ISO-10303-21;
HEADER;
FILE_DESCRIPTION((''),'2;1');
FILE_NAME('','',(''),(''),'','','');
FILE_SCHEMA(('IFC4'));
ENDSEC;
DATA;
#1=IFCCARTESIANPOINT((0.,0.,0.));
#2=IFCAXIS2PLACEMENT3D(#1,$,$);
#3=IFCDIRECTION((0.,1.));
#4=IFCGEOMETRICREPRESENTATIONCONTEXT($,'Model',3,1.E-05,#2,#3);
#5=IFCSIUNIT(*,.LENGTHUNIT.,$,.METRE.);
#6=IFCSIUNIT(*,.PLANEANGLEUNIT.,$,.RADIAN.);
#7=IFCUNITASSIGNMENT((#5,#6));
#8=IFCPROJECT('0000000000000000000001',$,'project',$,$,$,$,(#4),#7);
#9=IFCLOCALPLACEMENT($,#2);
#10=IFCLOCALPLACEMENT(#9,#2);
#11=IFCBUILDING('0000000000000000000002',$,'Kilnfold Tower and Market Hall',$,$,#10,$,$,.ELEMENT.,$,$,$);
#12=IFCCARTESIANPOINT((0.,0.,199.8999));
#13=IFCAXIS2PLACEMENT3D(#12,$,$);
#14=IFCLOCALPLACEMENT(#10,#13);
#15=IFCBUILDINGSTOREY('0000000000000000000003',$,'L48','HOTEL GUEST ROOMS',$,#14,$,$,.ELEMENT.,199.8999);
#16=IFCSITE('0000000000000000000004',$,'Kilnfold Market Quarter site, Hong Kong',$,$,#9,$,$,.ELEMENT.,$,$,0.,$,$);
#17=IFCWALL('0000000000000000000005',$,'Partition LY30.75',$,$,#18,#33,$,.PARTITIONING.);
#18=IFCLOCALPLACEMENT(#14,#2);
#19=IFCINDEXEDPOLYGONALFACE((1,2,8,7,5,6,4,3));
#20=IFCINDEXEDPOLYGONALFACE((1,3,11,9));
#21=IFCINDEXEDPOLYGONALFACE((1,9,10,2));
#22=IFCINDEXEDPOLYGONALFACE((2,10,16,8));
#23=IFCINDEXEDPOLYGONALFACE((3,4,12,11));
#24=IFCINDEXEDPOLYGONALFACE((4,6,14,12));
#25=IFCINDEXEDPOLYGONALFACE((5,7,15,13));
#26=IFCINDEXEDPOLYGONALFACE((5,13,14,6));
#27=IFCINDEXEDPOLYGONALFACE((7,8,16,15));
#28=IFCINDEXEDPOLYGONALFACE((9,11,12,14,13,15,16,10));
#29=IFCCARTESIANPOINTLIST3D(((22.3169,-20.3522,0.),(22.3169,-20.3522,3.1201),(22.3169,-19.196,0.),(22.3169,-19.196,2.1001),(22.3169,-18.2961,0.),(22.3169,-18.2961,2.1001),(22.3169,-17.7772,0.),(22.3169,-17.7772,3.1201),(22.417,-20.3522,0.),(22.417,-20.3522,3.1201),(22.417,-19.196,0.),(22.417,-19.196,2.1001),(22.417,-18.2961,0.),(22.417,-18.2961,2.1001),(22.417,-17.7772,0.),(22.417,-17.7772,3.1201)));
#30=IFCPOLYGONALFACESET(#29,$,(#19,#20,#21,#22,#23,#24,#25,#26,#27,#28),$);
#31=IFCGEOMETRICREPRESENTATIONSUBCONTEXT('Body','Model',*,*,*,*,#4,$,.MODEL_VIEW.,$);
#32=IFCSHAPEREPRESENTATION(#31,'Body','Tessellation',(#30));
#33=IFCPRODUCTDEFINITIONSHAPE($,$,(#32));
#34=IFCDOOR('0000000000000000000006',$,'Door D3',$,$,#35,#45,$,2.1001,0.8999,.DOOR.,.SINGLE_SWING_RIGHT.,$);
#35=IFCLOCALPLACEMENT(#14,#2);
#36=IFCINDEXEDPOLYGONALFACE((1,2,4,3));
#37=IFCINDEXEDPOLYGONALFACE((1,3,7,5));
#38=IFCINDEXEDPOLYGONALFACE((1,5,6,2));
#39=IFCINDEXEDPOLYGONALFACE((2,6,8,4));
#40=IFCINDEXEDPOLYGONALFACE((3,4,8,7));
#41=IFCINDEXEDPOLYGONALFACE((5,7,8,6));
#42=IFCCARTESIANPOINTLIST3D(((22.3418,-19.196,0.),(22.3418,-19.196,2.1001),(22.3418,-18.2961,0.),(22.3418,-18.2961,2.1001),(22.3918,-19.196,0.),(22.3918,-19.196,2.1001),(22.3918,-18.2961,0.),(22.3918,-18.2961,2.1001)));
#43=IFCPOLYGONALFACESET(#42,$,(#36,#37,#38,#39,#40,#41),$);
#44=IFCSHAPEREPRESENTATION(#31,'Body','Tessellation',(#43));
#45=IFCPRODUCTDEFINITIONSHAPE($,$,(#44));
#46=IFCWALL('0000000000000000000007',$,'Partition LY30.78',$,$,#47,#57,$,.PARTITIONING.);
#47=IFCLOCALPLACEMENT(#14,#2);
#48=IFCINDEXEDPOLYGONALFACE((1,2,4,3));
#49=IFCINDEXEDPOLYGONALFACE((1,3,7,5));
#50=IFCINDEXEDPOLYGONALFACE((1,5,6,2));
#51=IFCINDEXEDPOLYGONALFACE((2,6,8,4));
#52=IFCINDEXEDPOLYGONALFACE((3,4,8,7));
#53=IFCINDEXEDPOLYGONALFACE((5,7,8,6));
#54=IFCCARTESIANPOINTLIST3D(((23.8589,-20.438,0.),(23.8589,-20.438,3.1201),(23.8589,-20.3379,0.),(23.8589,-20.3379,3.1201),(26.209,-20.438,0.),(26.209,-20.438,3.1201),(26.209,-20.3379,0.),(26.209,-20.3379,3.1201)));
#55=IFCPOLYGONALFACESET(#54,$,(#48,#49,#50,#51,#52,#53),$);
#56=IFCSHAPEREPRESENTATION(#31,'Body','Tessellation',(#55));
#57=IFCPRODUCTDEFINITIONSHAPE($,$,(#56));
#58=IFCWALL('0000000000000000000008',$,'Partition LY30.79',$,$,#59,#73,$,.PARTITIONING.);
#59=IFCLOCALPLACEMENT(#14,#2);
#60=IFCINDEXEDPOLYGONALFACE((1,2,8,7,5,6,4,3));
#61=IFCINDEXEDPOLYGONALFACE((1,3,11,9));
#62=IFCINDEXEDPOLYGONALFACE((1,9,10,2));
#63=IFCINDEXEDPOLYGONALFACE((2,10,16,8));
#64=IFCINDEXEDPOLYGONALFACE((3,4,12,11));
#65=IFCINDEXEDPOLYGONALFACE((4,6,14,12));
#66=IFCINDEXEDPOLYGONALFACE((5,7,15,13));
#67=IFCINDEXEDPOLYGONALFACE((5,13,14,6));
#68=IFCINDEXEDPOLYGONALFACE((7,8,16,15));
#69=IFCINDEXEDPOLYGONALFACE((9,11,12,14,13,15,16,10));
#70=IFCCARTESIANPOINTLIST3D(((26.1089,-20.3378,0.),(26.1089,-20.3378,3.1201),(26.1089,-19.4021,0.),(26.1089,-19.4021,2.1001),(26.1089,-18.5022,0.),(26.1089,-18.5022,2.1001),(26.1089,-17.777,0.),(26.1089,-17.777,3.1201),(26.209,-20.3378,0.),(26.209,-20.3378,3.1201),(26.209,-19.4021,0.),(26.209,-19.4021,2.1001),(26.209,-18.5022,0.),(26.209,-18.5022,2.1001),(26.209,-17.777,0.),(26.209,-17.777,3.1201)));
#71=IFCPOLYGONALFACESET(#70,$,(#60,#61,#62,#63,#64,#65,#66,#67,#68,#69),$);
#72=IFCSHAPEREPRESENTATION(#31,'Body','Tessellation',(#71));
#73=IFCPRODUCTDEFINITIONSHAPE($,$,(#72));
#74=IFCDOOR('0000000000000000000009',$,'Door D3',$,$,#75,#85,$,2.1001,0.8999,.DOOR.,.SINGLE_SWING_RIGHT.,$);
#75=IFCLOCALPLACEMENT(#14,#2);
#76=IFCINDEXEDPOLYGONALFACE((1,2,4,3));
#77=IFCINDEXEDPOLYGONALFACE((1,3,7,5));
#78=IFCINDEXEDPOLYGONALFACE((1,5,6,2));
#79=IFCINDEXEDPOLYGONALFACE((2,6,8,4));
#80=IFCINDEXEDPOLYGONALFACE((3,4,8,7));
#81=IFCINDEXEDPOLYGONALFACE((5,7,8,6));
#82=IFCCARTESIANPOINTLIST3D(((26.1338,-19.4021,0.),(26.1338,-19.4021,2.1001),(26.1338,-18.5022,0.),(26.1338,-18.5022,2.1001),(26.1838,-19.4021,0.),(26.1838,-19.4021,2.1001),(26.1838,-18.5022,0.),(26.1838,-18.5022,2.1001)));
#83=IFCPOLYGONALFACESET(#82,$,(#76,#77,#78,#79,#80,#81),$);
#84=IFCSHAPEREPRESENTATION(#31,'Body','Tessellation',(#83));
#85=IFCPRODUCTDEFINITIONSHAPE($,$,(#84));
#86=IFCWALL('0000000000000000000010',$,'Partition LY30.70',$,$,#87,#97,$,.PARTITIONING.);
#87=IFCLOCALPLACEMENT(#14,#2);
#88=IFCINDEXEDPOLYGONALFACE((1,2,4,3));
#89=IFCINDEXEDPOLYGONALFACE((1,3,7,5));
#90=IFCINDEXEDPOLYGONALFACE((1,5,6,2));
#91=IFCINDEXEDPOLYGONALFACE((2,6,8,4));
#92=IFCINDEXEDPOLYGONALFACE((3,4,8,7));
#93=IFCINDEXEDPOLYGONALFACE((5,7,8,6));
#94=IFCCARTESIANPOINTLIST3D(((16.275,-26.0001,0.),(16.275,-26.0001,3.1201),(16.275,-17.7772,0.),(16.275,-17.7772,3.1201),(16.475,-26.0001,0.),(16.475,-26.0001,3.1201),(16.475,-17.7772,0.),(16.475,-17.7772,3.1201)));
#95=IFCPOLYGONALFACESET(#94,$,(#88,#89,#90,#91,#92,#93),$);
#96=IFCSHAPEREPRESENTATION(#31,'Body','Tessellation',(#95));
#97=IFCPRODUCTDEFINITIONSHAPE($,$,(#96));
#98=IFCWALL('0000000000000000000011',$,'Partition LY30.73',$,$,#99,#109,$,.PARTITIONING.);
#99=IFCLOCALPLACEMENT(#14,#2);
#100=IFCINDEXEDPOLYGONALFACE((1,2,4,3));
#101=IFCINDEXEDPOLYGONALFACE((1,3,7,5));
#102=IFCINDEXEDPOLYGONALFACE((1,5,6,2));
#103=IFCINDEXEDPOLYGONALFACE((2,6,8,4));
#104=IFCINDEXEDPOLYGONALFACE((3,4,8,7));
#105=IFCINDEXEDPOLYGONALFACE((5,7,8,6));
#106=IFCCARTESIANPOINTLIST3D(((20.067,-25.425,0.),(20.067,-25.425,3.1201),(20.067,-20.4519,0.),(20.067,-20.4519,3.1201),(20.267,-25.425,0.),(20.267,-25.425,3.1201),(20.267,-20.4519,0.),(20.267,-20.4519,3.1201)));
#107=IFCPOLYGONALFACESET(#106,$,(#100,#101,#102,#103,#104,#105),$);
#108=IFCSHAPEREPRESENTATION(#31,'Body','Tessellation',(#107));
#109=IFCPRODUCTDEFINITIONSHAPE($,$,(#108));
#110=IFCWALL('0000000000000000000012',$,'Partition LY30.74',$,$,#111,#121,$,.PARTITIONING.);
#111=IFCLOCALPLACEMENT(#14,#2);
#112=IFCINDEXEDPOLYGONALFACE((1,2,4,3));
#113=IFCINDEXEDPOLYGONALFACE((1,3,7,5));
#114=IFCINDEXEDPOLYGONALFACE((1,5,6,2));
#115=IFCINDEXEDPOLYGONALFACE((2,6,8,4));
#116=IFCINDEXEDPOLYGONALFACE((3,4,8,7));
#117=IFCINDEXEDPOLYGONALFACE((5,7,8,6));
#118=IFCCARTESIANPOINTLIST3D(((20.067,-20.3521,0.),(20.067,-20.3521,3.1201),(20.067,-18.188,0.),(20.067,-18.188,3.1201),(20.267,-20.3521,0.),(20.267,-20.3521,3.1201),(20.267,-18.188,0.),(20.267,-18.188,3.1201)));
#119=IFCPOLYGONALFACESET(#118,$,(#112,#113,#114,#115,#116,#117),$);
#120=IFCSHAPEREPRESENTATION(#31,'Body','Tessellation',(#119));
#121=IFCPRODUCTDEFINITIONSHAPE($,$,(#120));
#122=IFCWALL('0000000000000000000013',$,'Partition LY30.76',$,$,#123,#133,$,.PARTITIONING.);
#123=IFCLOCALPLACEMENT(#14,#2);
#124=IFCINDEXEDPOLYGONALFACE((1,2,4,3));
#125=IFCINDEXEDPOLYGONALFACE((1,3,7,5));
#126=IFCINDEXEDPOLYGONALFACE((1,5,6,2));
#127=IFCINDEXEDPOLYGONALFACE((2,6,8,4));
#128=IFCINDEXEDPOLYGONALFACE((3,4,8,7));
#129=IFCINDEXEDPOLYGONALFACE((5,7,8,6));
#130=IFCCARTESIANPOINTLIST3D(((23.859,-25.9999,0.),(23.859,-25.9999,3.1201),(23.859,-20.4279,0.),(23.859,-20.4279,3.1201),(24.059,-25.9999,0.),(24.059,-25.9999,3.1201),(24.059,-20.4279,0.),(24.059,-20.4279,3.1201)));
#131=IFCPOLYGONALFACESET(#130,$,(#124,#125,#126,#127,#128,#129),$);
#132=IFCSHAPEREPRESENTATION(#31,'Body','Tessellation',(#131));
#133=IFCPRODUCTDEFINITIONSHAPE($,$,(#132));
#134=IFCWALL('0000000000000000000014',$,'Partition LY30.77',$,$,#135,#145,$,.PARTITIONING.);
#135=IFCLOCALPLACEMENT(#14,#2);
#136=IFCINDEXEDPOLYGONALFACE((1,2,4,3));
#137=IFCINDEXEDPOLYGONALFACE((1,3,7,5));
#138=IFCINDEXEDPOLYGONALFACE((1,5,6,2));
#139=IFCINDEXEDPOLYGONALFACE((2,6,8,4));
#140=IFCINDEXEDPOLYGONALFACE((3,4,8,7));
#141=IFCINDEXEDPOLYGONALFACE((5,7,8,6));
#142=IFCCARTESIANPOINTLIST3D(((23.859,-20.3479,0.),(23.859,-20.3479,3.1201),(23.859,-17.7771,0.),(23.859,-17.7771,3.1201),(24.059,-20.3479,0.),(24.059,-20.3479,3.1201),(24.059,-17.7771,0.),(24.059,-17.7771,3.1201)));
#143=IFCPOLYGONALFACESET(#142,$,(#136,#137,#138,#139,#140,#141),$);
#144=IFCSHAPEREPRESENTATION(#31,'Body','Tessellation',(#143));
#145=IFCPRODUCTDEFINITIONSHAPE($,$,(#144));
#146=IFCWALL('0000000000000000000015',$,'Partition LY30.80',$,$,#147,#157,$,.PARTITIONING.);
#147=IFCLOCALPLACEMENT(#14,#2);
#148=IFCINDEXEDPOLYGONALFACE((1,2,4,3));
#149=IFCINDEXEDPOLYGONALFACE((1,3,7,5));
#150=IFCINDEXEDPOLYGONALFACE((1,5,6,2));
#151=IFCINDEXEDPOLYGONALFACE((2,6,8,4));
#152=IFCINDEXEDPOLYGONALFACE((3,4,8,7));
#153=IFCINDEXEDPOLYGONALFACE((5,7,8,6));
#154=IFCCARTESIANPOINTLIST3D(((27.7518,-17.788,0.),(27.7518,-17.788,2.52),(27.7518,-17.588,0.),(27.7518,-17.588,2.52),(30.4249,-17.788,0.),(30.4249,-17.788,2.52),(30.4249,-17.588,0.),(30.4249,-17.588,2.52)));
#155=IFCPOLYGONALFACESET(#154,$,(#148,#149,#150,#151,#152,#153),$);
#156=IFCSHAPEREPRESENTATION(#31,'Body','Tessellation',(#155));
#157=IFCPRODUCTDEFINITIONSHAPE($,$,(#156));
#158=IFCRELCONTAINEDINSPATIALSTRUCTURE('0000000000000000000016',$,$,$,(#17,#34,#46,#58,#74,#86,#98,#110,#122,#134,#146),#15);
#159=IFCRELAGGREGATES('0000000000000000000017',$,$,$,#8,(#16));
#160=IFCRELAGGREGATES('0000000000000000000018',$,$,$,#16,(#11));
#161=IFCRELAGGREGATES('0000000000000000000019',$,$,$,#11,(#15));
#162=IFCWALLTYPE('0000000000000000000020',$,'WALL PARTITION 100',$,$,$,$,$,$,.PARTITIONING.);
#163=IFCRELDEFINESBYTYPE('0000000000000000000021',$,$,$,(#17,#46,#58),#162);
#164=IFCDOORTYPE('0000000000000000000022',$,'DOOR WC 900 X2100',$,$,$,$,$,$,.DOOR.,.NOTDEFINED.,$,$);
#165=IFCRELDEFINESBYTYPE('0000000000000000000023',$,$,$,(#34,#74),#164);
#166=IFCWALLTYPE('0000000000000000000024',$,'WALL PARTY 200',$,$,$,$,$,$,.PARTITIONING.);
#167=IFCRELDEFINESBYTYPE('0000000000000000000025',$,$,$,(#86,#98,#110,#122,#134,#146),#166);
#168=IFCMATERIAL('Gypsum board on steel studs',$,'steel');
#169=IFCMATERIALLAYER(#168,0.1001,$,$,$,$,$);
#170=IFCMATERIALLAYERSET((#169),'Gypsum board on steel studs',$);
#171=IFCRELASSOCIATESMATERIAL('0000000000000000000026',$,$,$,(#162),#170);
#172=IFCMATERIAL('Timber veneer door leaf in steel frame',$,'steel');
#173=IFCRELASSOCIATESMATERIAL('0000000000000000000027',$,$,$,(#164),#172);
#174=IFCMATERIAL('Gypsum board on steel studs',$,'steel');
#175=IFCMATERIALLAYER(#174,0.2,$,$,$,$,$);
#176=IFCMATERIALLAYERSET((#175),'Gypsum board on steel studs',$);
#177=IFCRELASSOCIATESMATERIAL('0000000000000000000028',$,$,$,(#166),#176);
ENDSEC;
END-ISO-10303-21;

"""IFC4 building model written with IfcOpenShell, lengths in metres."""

from ifc_helpers import new_model, si_unit, direction, frame, frame_2d, origin, place, context, subcontext, project, spatial, rectangle, extrude, material, layer, layer_set, type_object, element, fill, save


model = new_model("IFC4")

# Units and contexts
model_context = context("Model", 3, precision=1e-05, world=origin(), true_north=direction((0.0, 1.0)))
body_context = subcontext(model_context, "Body", "Model", "MODEL_VIEW")
ifc_project = project(units=[si_unit("LENGTHUNIT", "METRE"), si_unit("PLANEANGLEUNIT", "RADIAN")], contexts=[model_context])

# Site, building, storey
site_placement = place(None, origin())
site = spatial("IfcSite", under=ifc_project, at=site_placement, Name="Kilnfold Market Quarter site, Hong Kong", CompositionType="ELEMENT", RefElevation=0.0)
building_placement = place(site_placement, origin())
building = spatial("IfcBuilding", under=site, at=building_placement, Name="Kilnfold Tower and Market Hall", CompositionType="ELEMENT")
storey_placement = place(building_placement, frame((0.0, 0.0, 199.8999)))
storey = spatial("IfcBuildingStorey", under=building, at=storey_placement, Name="L48", Description="HOTEL GUEST ROOMS", CompositionType="ELEMENT", Elevation=199.8999)

# Shared definitions
ifc_material_1 = material(Name="Gypsum board on steel studs", Category="steel")
ifc_layer_1 = layer(ifc_material_1, 0.1001)
ifc_layer_set_1 = layer_set([ifc_layer_1], Name="Gypsum board on steel studs")
wall_type_1 = type_object("IfcWallType", Name="WALL PARTITION 100", PredefinedType="PARTITIONING", material=ifc_layer_set_1)
ifc_material_2 = material(Name="Timber veneer door leaf in steel frame", Category="steel")
door_type_1 = type_object("IfcDoorType", Name="DOOR WC 900 X2100", OperationType="NOTDEFINED", PredefinedType="DOOR", material=ifc_material_2)

# Wall, opening, door
wall_1_placement = place(storey_placement, frame((22.3669, -17.7771, 0.0), z_axis=(0.0, 0.0, 1.0), x_axis=(0.0, -1.0, 0.0)))
wall_1 = element("IfcWall", 1, at=wall_1_placement, inside=storey, type_object=wall_type_1, Name="Partition LY30.75", PredefinedType="PARTITIONING", context=body_context, shape_type="SweptSolid", body=[
    extrude(rectangle(XDim=2.575, YDim=0.1001, at=frame_2d((1.2876, 0.0))), origin(), (0.0, 0.0, 1.0), 3.1201),
])
opening_1_placement = place(wall_1_placement, frame((0.519, 0.0, 0.0)))
opening_1 = element("IfcOpeningElement", 2, at=opening_1_placement, cuts=wall_1, PredefinedType="OPENING", context=body_context, shape_type="SweptSolid", body=[
    extrude(rectangle(XDim=0.8999, YDim=2.1001, at=frame_2d((0.45, 1.05))), frame((0.0, 0.0601, 0.0), z_axis=(0.0, -1.0, 0.0), x_axis=(1.0, 0.0, 0.0)), (0.0, 0.0, 1.0), 0.1201),
])
door_1_placement = place(opening_1_placement, origin())
door_1 = element("IfcDoor", 3, at=door_1_placement, inside=storey, type_object=door_type_1, Name="Door D3", OperationType="SINGLE_SWING_RIGHT", OverallHeight=2.1001, OverallWidth=0.8999, PredefinedType="DOOR", context=body_context, shape_type="SweptSolid", body=[
    extrude(rectangle(XDim=0.8999, YDim=2.1001, at=frame_2d((0.45, 1.05))), frame((0.0, 0.0249, 0.0), z_axis=(0.0, -1.0, 0.0), x_axis=(1.0, 0.0, 0.0)), (0.0, 0.0, 1.0), 0.05),
])
fill(opening_1, door_1)

# Wall
wall_2_placement = place(storey_placement, frame((23.8589, -20.3879, 0.0), z_axis=(0.0, 0.0, 1.0), x_axis=(1.0, 0.0, 0.0)))
element("IfcWall", 4, at=wall_2_placement, inside=storey, type_object=wall_type_1, Name="Partition LY30.78", PredefinedType="PARTITIONING", context=body_context, shape_type="SweptSolid", body=[
    extrude(rectangle(XDim=2.3501, YDim=0.1001, at=frame_2d((1.175, 0.0))), origin(), (0.0, 0.0, 1.0), 3.1201),
])

# Wall, opening, door
wall_3_placement = place(storey_placement, frame((26.1589, -17.7771, 0.0), z_axis=(0.0, 0.0, 1.0), x_axis=(0.0, -1.0, 0.0)))
wall_3 = element("IfcWall", 5, at=wall_3_placement, inside=storey, type_object=wall_type_1, Name="Partition LY30.79", PredefinedType="PARTITIONING", context=body_context, shape_type="SweptSolid", body=[
    extrude(rectangle(XDim=2.5608, YDim=0.1001, at=frame_2d((1.2803, 0.0))), origin(), (0.0, 0.0, 1.0), 3.1201),
])
opening_2_placement = place(wall_3_placement, frame((0.7251, 0.0, 0.0)))
opening_2 = element("IfcOpeningElement", 6, at=opening_2_placement, cuts=wall_3, PredefinedType="OPENING", context=body_context, shape_type="SweptSolid", body=[
    extrude(rectangle(XDim=0.8999, YDim=2.1001, at=frame_2d((0.45, 1.05))), frame((0.0, 0.0601, 0.0), z_axis=(0.0, -1.0, 0.0), x_axis=(1.0, 0.0, 0.0)), (0.0, 0.0, 1.0), 0.1201),
])
door_2_placement = place(opening_2_placement, origin())
door_2 = element("IfcDoor", 7, at=door_2_placement, inside=storey, type_object=door_type_1, Name="Door D3", OperationType="SINGLE_SWING_RIGHT", OverallHeight=2.1001, OverallWidth=0.8999, PredefinedType="DOOR", context=body_context, shape_type="SweptSolid", body=[
    extrude(rectangle(XDim=0.8999, YDim=2.1001, at=frame_2d((0.45, 1.05))), frame((0.0, 0.0249, 0.0), z_axis=(0.0, -1.0, 0.0), x_axis=(1.0, 0.0, 0.0)), (0.0, 0.0, 1.0), 0.05),
])
fill(opening_2, door_2)

# Walls
ifc_material_3 = material(Name="Gypsum board on steel studs", Category="steel")
ifc_layer_2 = layer(ifc_material_3, 0.2)
ifc_layer_set_2 = layer_set([ifc_layer_2], Name="Gypsum board on steel studs")
wall_type_2 = type_object("IfcWallType", Name="WALL PARTY 200", PredefinedType="PARTITIONING", material=ifc_layer_set_2)
wall_4_placement = place(storey_placement, frame((16.375, -26.0, 0.0), z_axis=(0.0, 0.0, 1.0), x_axis=(0.0, 1.0, 0.0)))
element("IfcWall", 8, at=wall_4_placement, inside=storey, type_object=wall_type_2, Name="Partition LY30.70", PredefinedType="PARTITIONING", context=body_context, shape_type="SweptSolid", body=[
    extrude(rectangle(XDim=8.2229, YDim=0.2, at=frame_2d((4.1113, 0.0))), origin(), (0.0, 0.0, 1.0), 3.1201),
])
wall_5_placement = place(storey_placement, frame((20.167, -25.425, 0.0), z_axis=(0.0, 0.0, 1.0), x_axis=(0.0, 1.0, 0.0)))
element("IfcWall", 9, at=wall_5_placement, inside=storey, type_object=wall_type_2, Name="Partition LY30.73", PredefinedType="PARTITIONING", context=body_context, shape_type="SweptSolid", body=[
    extrude(rectangle(XDim=4.9731, YDim=0.2, at=frame_2d((2.4866, 0.0))), origin(), (0.0, 0.0, 1.0), 3.1201),
])
wall_6_placement = place(storey_placement, frame((20.167, -20.3521, 0.0), z_axis=(0.0, 0.0, 1.0), x_axis=(0.0, 1.0, 0.0)))
element("IfcWall", 10, at=wall_6_placement, inside=storey, type_object=wall_type_2, Name="Partition LY30.74", PredefinedType="PARTITIONING", context=body_context, shape_type="SweptSolid", body=[
    extrude(rectangle(XDim=2.1641, YDim=0.2, at=frame_2d((1.082, 0.0))), origin(), (0.0, 0.0, 1.0), 3.1201),
])
wall_7_placement = place(storey_placement, frame((23.959, -26.0, 0.0), z_axis=(0.0, 0.0, 1.0), x_axis=(0.0, 1.0, 0.0)))
element("IfcWall", 11, at=wall_7_placement, inside=storey, type_object=wall_type_2, Name="Partition LY30.76", PredefinedType="PARTITIONING", context=body_context, shape_type="SweptSolid", body=[
    extrude(rectangle(XDim=5.572, YDim=0.2, at=frame_2d((2.7861, 0.0))), origin(), (0.0, 0.0, 1.0), 3.1201),
])
wall_8_placement = place(storey_placement, frame((23.959, -20.3479, 0.0), z_axis=(0.0, 0.0, 1.0), x_axis=(0.0, 1.0, 0.0)))
element("IfcWall", 12, at=wall_8_placement, inside=storey, type_object=wall_type_2, Name="Partition LY30.77", PredefinedType="PARTITIONING", context=body_context, shape_type="SweptSolid", body=[
    extrude(rectangle(XDim=2.5708, YDim=0.2, at=frame_2d((1.2854, 0.0))), origin(), (0.0, 0.0, 1.0), 3.1201),
])
wall_9_placement = place(storey_placement, frame((27.752, -17.688, 0.0), z_axis=(0.0, 0.0, 1.0), x_axis=(1.0, 0.0, 0.0)))
element("IfcWall", 13, at=wall_9_placement, inside=storey, type_object=wall_type_2, Name="Partition LY30.80", PredefinedType="PARTITIONING", context=body_context, shape_type="SweptSolid", body=[
    extrude(rectangle(XDim=2.6731, YDim=0.2, at=frame_2d((1.3364, 0.0))), origin(), (0.0, 0.0, 1.0), 2.52),
])

save(model, "model.ifc")
